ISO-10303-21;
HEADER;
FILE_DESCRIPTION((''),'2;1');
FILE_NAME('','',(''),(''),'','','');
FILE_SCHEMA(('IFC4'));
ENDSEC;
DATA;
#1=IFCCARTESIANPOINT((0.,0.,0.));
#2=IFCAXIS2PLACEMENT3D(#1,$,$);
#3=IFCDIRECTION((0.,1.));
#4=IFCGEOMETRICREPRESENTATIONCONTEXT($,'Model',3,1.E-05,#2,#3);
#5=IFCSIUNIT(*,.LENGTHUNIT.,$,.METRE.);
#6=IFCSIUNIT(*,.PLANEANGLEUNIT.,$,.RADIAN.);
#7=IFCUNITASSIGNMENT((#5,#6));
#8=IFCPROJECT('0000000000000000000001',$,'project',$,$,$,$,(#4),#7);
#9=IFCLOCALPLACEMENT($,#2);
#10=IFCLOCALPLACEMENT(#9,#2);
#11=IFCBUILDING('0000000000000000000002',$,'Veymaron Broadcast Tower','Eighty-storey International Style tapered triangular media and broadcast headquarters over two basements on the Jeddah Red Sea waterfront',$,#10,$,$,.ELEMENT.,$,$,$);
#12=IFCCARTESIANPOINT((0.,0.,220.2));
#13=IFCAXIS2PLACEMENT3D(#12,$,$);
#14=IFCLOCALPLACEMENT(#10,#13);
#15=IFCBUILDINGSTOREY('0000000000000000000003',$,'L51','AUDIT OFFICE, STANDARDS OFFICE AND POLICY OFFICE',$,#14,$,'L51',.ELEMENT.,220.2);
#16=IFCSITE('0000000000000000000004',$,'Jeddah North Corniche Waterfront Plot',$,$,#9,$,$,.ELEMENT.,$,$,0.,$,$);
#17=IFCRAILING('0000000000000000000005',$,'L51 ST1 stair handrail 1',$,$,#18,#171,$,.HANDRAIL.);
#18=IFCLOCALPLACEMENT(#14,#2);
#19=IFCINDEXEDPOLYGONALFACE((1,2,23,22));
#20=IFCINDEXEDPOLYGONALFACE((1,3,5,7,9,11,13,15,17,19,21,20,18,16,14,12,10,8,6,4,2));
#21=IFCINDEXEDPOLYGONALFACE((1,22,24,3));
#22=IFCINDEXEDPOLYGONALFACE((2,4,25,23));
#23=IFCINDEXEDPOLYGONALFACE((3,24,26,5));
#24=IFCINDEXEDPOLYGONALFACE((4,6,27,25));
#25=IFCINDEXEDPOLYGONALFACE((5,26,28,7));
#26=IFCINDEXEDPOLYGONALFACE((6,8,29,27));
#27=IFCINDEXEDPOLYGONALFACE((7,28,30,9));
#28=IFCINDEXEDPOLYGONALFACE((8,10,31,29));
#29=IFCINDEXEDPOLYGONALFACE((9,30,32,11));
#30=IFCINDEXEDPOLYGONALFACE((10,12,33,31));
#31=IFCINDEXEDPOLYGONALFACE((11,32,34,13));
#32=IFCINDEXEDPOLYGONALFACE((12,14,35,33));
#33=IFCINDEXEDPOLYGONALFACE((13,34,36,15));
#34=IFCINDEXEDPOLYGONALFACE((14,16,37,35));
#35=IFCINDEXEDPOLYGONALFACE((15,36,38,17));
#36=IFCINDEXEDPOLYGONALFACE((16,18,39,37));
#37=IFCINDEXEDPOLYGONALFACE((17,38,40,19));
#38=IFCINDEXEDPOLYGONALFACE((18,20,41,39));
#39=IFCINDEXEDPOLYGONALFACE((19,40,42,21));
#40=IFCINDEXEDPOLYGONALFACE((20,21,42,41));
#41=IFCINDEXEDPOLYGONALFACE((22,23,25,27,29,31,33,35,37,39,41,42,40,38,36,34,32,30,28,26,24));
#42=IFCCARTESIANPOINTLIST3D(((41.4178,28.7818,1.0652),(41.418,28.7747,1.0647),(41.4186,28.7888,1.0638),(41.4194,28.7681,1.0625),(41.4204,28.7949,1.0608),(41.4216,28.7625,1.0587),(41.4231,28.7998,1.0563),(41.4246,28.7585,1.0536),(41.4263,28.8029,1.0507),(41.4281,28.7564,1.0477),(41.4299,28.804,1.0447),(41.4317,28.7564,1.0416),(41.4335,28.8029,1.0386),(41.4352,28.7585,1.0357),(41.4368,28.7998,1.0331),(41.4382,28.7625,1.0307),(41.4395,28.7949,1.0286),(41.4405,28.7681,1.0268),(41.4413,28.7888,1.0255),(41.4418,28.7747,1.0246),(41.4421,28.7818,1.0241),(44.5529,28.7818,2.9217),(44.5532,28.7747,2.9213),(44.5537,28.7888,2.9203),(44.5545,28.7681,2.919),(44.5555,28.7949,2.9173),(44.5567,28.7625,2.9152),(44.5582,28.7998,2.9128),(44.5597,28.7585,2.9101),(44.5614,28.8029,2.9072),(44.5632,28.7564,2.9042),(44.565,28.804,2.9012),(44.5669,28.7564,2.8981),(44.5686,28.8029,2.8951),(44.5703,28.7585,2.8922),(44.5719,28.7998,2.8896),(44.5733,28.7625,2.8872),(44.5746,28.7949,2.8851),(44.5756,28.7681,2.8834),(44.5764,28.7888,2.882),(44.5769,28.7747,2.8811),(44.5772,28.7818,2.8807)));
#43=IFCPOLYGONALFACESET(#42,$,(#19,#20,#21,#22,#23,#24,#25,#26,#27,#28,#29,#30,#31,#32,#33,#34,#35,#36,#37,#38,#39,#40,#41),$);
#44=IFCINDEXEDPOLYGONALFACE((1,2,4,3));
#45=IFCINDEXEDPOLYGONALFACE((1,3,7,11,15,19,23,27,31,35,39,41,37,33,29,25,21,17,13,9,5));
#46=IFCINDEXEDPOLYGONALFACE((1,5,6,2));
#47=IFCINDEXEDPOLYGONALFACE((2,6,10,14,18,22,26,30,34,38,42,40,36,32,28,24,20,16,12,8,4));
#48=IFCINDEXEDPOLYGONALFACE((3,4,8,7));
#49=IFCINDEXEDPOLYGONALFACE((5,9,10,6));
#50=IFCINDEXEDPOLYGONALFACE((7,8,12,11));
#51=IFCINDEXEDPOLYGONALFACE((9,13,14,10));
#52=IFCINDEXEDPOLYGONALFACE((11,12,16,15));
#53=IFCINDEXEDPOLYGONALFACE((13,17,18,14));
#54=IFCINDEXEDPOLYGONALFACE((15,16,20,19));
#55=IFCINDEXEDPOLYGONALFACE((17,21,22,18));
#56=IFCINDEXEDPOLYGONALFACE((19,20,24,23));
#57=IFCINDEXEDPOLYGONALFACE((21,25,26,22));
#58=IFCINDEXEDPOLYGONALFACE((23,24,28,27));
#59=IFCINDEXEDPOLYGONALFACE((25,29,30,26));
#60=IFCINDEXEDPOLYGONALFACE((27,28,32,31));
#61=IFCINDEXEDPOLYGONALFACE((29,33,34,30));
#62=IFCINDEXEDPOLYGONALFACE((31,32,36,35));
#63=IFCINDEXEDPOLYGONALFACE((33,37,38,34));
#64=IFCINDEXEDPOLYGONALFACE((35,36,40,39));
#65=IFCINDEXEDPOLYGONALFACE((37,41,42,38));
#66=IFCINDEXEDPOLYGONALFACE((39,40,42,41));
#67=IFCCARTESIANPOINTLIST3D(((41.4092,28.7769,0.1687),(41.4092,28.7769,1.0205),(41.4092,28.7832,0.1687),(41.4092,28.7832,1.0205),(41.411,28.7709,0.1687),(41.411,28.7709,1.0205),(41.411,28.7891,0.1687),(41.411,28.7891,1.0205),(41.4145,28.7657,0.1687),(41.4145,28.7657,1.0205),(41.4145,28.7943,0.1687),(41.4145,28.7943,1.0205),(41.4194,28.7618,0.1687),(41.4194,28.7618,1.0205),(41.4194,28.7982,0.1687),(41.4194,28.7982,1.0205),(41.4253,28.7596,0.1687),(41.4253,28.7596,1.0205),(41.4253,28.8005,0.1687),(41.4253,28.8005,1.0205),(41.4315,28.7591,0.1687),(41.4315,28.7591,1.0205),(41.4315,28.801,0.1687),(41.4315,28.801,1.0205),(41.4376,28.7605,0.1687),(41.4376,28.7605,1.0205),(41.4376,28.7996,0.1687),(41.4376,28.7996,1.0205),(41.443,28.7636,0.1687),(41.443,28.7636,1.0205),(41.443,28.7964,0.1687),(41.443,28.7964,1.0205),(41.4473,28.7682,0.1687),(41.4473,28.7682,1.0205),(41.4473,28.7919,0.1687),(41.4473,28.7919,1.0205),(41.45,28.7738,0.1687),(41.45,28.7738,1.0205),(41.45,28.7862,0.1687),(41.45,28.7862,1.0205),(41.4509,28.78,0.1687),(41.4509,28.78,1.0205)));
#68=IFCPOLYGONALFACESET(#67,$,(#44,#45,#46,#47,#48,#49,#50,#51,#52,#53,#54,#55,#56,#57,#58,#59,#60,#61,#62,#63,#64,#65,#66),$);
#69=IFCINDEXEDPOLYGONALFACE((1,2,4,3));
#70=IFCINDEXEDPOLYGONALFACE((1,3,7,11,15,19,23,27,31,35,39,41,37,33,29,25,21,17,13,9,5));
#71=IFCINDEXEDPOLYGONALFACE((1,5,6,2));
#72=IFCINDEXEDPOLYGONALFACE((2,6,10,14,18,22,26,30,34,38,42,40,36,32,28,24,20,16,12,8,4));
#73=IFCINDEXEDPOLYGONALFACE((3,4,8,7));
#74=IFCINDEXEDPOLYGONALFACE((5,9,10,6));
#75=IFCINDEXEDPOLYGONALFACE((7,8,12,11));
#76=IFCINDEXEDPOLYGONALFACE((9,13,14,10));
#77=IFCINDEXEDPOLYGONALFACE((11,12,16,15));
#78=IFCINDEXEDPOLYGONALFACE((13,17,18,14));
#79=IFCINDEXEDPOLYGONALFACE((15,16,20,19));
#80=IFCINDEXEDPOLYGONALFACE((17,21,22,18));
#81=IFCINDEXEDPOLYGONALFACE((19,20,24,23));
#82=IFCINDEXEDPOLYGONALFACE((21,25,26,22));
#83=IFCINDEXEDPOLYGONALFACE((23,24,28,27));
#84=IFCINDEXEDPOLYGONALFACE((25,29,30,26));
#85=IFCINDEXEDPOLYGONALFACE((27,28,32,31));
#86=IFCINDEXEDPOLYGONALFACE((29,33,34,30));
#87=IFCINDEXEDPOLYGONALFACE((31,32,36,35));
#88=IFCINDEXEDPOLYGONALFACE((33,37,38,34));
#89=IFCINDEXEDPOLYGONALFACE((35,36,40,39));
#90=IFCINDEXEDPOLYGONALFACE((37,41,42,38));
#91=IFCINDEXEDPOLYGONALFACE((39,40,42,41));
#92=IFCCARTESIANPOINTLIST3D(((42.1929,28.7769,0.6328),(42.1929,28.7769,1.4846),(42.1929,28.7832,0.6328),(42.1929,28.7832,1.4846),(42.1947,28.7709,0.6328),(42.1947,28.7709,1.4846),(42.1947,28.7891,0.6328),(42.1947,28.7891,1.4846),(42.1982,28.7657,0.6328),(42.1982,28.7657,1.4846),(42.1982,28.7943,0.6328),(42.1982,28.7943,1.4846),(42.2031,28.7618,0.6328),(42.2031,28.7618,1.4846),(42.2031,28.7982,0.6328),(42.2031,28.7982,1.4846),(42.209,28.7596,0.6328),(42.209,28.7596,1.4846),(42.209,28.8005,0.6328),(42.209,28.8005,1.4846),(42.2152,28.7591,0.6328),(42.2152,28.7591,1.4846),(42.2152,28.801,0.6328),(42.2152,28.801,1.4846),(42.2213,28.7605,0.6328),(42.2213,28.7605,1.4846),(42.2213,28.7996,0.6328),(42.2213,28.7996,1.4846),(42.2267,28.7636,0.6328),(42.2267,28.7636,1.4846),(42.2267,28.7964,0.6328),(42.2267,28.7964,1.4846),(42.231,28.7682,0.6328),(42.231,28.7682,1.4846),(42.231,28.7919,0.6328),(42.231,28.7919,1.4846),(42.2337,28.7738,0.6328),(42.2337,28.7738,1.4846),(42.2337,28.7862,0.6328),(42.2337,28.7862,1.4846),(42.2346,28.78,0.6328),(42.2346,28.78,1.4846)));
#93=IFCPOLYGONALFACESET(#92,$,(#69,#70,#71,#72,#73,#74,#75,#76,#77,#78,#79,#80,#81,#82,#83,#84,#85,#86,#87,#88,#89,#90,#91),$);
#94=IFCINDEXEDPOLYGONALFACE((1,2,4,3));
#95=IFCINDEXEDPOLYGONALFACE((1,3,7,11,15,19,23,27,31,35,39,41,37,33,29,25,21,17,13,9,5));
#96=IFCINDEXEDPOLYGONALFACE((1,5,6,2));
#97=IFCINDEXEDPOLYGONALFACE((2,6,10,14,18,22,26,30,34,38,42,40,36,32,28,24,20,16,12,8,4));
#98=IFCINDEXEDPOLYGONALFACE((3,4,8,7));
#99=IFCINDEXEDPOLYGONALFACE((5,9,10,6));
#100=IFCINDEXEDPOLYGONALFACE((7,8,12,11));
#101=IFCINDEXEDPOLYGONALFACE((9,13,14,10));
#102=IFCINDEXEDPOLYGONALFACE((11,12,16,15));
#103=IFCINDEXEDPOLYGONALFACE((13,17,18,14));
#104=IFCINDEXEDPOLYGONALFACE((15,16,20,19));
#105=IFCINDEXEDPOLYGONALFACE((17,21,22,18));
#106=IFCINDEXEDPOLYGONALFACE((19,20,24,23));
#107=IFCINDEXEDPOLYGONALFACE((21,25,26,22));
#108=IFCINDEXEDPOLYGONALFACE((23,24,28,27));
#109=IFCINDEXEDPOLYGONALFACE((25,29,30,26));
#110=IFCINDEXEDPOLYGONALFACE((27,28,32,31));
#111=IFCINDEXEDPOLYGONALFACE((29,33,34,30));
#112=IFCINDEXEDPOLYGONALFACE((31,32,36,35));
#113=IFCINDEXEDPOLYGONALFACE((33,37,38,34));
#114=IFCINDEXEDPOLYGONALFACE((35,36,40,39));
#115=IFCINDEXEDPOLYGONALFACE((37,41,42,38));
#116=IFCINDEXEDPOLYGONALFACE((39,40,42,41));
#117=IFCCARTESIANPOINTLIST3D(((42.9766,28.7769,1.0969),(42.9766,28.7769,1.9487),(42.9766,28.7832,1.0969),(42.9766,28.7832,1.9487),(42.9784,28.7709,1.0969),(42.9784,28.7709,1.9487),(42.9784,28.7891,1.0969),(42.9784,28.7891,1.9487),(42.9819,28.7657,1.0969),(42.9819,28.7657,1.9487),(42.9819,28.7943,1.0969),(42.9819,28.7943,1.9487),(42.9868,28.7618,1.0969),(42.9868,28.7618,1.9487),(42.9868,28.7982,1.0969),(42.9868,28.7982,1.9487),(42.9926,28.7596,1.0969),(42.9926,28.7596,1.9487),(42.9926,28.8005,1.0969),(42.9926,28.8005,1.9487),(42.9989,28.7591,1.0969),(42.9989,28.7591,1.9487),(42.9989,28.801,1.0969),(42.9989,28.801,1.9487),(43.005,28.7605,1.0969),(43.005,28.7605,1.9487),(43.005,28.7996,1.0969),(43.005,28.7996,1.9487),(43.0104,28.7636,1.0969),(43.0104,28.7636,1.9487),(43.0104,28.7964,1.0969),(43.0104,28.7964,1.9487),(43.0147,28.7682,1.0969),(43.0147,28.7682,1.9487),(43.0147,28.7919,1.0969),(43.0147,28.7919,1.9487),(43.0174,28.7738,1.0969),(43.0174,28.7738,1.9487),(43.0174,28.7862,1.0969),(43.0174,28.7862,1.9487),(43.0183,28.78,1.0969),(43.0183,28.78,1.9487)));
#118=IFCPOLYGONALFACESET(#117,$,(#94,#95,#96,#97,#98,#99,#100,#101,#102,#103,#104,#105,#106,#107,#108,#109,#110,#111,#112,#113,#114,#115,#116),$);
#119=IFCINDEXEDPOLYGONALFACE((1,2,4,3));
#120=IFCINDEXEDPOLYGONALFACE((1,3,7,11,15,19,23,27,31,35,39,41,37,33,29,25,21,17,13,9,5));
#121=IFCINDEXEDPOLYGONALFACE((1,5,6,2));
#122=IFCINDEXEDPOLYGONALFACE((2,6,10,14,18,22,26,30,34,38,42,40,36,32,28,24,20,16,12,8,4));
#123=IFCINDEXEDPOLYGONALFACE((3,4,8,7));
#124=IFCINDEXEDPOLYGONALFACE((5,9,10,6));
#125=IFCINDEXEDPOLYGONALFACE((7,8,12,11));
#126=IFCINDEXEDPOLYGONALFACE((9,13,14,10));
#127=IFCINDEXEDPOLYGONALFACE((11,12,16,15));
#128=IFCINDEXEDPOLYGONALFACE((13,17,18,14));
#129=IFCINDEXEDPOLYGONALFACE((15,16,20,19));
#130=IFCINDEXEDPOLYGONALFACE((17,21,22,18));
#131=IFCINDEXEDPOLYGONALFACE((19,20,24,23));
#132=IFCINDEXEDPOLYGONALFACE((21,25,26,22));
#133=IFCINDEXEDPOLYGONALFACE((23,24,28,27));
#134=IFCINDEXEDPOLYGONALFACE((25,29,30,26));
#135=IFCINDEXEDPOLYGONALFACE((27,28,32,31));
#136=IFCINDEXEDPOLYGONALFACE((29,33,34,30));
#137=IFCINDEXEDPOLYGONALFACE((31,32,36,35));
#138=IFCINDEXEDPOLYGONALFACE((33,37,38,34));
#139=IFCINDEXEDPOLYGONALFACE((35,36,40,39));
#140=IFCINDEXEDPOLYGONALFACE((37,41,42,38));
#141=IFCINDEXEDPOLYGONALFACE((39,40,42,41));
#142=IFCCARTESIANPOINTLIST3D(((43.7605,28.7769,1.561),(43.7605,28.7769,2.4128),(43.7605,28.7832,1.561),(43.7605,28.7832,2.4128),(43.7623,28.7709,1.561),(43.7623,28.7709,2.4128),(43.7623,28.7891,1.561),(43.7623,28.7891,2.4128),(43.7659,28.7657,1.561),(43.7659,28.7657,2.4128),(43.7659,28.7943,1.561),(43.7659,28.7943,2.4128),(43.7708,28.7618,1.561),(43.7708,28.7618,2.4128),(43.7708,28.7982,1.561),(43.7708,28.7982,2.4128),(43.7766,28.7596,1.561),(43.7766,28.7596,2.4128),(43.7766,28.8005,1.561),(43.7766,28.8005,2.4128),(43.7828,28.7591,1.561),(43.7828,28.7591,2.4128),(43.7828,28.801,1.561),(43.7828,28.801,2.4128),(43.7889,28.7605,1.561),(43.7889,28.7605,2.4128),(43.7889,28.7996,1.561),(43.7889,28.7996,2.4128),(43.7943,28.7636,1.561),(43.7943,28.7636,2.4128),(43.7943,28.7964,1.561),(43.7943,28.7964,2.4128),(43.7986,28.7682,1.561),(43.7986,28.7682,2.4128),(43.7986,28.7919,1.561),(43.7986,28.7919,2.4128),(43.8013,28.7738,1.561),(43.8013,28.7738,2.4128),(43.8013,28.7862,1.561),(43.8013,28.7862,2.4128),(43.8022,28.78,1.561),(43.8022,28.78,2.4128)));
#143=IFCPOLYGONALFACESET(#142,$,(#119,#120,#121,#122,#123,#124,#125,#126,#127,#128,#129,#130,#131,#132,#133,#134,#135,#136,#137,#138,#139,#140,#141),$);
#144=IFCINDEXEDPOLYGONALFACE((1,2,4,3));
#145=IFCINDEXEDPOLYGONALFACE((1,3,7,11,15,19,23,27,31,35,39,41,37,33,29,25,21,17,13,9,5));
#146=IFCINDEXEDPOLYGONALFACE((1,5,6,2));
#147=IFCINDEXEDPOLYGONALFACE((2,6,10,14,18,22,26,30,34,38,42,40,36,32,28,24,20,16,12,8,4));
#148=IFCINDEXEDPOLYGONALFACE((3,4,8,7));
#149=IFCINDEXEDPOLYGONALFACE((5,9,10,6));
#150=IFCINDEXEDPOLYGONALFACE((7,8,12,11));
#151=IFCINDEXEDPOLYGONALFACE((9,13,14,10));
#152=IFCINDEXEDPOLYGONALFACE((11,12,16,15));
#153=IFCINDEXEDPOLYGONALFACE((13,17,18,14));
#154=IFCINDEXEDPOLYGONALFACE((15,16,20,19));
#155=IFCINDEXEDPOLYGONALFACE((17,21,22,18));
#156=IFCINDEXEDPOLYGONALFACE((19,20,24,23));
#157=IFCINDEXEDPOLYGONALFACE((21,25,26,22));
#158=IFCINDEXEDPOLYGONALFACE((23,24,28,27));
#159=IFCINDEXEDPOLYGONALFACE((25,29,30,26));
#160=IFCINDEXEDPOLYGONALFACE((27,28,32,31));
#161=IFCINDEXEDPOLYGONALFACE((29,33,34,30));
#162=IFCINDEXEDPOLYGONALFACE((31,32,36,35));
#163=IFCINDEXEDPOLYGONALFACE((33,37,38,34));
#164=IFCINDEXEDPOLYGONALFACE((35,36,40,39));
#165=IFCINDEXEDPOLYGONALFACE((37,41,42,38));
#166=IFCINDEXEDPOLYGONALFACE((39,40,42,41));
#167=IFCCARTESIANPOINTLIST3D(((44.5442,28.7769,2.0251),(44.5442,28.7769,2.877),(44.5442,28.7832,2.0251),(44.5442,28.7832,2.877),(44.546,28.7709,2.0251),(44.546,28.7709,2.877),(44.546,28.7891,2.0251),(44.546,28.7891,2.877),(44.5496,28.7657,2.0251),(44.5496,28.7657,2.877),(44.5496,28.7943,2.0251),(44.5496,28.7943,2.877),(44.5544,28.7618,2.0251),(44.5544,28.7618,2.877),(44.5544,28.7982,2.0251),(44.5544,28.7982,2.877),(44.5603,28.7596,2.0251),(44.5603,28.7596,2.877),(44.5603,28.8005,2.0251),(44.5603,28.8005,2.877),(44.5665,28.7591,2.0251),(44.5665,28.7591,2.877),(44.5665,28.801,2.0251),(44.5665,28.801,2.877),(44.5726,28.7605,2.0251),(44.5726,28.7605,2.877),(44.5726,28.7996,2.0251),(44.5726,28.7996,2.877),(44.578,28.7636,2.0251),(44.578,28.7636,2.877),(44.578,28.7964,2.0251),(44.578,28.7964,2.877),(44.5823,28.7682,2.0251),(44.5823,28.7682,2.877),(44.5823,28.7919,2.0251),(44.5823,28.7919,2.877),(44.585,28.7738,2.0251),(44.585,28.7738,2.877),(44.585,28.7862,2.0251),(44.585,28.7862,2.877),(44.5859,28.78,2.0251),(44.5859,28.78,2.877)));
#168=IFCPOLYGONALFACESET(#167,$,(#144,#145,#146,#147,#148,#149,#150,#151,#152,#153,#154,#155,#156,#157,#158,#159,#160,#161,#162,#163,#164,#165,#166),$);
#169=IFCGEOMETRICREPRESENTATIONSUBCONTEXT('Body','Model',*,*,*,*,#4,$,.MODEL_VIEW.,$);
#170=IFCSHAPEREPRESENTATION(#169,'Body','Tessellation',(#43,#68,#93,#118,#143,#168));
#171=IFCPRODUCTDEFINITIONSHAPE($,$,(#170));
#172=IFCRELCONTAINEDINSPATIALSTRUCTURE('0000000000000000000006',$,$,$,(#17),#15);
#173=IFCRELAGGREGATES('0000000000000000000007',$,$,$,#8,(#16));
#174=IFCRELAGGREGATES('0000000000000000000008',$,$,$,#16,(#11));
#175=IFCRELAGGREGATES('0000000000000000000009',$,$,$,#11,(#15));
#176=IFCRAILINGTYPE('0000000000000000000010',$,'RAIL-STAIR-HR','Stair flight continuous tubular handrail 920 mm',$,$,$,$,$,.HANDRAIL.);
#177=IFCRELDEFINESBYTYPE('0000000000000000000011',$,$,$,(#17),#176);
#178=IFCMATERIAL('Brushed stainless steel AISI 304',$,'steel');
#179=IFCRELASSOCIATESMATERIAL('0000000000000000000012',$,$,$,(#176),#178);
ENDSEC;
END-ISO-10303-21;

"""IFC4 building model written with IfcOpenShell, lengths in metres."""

from ifc_helpers import new_model, si_unit, direction, frame, origin, origin_2d, place, context, subcontext, project, spatial, circle, extrude, material, type_object, element, save


model = new_model("IFC4")

# Units and contexts
model_context = context("Model", 3, precision=1e-05, world=origin(), true_north=direction((0.0, 1.0)))
body_context = subcontext(model_context, "Body", "Model", "MODEL_VIEW")
ifc_project = project(units=[si_unit("LENGTHUNIT", "METRE"), si_unit("PLANEANGLEUNIT", "RADIAN")], contexts=[model_context])

# Site, building, storey
site_placement = place(None, origin())
site = spatial("IfcSite", under=ifc_project, at=site_placement, Name="Jeddah North Corniche Waterfront Plot", CompositionType="ELEMENT", RefElevation=0.0)
building_placement = place(site_placement, origin())
building = spatial("IfcBuilding", under=site, at=building_placement, Name="Veymaron Broadcast Tower", Description="Eighty-storey International Style tapered triangular media and broadcast headquarters over two basements on the Jeddah Red Sea waterfront", CompositionType="ELEMENT")
storey_placement = place(building_placement, frame((0.0, 0.0, 220.2)))
storey = spatial("IfcBuildingStorey", under=building, at=storey_placement, Name="L51", Description="AUDIT OFFICE, STANDARDS OFFICE AND POLICY OFFICE", LongName="L51", CompositionType="ELEMENT", Elevation=220.2)

# Shared definitions
ifc_material_1 = material(Name="Brushed stainless steel AISI 304", Category="steel")

# Railing
railing_type_1 = type_object("IfcRailingType", Name="RAIL-STAIR-HR", Description="Stair flight continuous tubular handrail 920 mm", PredefinedType="HANDRAIL", material=ifc_material_1)
railing_1_placement = place(storey_placement, frame((41.4299, 28.78, 0.1687)))
element("IfcRailing", 1, at=railing_1_placement, inside=storey, type_object=railing_type_1, Name="L51 ST1 stair handrail 1", PredefinedType="HANDRAIL", context=body_context, shape_type="SweptSolid", body=[
    extrude(circle(Radius=0.0239, at=origin_2d()), frame((0.0, 0.0, 0.876), z_axis=(0.860453, 0.0, 0.509531), x_axis=(0.0, 1.0, 0.0)), (0.0, 0.0, 1.0), 3.6436),
    extrude(circle(Radius=0.021, at=origin_2d()), origin(), (0.0, 0.0, 1.0), 0.8518),
    extrude(circle(Radius=0.021, at=origin_2d()), frame((0.7837, 0.0, 0.4641)), (0.0, 0.0, 1.0), 0.8518),
    extrude(circle(Radius=0.021, at=origin_2d()), frame((1.5674, 0.0, 0.9282)), (0.0, 0.0, 1.0), 0.8518),
    extrude(circle(Radius=0.021, at=origin_2d()), frame((2.3513, 0.0, 1.3923)), (0.0, 0.0, 1.0), 0.8518),
    extrude(circle(Radius=0.021, at=origin_2d()), frame((3.135, 0.0, 1.8564)), (0.0, 0.0, 1.0), 0.8518),
])

save(model, "model.ifc")
